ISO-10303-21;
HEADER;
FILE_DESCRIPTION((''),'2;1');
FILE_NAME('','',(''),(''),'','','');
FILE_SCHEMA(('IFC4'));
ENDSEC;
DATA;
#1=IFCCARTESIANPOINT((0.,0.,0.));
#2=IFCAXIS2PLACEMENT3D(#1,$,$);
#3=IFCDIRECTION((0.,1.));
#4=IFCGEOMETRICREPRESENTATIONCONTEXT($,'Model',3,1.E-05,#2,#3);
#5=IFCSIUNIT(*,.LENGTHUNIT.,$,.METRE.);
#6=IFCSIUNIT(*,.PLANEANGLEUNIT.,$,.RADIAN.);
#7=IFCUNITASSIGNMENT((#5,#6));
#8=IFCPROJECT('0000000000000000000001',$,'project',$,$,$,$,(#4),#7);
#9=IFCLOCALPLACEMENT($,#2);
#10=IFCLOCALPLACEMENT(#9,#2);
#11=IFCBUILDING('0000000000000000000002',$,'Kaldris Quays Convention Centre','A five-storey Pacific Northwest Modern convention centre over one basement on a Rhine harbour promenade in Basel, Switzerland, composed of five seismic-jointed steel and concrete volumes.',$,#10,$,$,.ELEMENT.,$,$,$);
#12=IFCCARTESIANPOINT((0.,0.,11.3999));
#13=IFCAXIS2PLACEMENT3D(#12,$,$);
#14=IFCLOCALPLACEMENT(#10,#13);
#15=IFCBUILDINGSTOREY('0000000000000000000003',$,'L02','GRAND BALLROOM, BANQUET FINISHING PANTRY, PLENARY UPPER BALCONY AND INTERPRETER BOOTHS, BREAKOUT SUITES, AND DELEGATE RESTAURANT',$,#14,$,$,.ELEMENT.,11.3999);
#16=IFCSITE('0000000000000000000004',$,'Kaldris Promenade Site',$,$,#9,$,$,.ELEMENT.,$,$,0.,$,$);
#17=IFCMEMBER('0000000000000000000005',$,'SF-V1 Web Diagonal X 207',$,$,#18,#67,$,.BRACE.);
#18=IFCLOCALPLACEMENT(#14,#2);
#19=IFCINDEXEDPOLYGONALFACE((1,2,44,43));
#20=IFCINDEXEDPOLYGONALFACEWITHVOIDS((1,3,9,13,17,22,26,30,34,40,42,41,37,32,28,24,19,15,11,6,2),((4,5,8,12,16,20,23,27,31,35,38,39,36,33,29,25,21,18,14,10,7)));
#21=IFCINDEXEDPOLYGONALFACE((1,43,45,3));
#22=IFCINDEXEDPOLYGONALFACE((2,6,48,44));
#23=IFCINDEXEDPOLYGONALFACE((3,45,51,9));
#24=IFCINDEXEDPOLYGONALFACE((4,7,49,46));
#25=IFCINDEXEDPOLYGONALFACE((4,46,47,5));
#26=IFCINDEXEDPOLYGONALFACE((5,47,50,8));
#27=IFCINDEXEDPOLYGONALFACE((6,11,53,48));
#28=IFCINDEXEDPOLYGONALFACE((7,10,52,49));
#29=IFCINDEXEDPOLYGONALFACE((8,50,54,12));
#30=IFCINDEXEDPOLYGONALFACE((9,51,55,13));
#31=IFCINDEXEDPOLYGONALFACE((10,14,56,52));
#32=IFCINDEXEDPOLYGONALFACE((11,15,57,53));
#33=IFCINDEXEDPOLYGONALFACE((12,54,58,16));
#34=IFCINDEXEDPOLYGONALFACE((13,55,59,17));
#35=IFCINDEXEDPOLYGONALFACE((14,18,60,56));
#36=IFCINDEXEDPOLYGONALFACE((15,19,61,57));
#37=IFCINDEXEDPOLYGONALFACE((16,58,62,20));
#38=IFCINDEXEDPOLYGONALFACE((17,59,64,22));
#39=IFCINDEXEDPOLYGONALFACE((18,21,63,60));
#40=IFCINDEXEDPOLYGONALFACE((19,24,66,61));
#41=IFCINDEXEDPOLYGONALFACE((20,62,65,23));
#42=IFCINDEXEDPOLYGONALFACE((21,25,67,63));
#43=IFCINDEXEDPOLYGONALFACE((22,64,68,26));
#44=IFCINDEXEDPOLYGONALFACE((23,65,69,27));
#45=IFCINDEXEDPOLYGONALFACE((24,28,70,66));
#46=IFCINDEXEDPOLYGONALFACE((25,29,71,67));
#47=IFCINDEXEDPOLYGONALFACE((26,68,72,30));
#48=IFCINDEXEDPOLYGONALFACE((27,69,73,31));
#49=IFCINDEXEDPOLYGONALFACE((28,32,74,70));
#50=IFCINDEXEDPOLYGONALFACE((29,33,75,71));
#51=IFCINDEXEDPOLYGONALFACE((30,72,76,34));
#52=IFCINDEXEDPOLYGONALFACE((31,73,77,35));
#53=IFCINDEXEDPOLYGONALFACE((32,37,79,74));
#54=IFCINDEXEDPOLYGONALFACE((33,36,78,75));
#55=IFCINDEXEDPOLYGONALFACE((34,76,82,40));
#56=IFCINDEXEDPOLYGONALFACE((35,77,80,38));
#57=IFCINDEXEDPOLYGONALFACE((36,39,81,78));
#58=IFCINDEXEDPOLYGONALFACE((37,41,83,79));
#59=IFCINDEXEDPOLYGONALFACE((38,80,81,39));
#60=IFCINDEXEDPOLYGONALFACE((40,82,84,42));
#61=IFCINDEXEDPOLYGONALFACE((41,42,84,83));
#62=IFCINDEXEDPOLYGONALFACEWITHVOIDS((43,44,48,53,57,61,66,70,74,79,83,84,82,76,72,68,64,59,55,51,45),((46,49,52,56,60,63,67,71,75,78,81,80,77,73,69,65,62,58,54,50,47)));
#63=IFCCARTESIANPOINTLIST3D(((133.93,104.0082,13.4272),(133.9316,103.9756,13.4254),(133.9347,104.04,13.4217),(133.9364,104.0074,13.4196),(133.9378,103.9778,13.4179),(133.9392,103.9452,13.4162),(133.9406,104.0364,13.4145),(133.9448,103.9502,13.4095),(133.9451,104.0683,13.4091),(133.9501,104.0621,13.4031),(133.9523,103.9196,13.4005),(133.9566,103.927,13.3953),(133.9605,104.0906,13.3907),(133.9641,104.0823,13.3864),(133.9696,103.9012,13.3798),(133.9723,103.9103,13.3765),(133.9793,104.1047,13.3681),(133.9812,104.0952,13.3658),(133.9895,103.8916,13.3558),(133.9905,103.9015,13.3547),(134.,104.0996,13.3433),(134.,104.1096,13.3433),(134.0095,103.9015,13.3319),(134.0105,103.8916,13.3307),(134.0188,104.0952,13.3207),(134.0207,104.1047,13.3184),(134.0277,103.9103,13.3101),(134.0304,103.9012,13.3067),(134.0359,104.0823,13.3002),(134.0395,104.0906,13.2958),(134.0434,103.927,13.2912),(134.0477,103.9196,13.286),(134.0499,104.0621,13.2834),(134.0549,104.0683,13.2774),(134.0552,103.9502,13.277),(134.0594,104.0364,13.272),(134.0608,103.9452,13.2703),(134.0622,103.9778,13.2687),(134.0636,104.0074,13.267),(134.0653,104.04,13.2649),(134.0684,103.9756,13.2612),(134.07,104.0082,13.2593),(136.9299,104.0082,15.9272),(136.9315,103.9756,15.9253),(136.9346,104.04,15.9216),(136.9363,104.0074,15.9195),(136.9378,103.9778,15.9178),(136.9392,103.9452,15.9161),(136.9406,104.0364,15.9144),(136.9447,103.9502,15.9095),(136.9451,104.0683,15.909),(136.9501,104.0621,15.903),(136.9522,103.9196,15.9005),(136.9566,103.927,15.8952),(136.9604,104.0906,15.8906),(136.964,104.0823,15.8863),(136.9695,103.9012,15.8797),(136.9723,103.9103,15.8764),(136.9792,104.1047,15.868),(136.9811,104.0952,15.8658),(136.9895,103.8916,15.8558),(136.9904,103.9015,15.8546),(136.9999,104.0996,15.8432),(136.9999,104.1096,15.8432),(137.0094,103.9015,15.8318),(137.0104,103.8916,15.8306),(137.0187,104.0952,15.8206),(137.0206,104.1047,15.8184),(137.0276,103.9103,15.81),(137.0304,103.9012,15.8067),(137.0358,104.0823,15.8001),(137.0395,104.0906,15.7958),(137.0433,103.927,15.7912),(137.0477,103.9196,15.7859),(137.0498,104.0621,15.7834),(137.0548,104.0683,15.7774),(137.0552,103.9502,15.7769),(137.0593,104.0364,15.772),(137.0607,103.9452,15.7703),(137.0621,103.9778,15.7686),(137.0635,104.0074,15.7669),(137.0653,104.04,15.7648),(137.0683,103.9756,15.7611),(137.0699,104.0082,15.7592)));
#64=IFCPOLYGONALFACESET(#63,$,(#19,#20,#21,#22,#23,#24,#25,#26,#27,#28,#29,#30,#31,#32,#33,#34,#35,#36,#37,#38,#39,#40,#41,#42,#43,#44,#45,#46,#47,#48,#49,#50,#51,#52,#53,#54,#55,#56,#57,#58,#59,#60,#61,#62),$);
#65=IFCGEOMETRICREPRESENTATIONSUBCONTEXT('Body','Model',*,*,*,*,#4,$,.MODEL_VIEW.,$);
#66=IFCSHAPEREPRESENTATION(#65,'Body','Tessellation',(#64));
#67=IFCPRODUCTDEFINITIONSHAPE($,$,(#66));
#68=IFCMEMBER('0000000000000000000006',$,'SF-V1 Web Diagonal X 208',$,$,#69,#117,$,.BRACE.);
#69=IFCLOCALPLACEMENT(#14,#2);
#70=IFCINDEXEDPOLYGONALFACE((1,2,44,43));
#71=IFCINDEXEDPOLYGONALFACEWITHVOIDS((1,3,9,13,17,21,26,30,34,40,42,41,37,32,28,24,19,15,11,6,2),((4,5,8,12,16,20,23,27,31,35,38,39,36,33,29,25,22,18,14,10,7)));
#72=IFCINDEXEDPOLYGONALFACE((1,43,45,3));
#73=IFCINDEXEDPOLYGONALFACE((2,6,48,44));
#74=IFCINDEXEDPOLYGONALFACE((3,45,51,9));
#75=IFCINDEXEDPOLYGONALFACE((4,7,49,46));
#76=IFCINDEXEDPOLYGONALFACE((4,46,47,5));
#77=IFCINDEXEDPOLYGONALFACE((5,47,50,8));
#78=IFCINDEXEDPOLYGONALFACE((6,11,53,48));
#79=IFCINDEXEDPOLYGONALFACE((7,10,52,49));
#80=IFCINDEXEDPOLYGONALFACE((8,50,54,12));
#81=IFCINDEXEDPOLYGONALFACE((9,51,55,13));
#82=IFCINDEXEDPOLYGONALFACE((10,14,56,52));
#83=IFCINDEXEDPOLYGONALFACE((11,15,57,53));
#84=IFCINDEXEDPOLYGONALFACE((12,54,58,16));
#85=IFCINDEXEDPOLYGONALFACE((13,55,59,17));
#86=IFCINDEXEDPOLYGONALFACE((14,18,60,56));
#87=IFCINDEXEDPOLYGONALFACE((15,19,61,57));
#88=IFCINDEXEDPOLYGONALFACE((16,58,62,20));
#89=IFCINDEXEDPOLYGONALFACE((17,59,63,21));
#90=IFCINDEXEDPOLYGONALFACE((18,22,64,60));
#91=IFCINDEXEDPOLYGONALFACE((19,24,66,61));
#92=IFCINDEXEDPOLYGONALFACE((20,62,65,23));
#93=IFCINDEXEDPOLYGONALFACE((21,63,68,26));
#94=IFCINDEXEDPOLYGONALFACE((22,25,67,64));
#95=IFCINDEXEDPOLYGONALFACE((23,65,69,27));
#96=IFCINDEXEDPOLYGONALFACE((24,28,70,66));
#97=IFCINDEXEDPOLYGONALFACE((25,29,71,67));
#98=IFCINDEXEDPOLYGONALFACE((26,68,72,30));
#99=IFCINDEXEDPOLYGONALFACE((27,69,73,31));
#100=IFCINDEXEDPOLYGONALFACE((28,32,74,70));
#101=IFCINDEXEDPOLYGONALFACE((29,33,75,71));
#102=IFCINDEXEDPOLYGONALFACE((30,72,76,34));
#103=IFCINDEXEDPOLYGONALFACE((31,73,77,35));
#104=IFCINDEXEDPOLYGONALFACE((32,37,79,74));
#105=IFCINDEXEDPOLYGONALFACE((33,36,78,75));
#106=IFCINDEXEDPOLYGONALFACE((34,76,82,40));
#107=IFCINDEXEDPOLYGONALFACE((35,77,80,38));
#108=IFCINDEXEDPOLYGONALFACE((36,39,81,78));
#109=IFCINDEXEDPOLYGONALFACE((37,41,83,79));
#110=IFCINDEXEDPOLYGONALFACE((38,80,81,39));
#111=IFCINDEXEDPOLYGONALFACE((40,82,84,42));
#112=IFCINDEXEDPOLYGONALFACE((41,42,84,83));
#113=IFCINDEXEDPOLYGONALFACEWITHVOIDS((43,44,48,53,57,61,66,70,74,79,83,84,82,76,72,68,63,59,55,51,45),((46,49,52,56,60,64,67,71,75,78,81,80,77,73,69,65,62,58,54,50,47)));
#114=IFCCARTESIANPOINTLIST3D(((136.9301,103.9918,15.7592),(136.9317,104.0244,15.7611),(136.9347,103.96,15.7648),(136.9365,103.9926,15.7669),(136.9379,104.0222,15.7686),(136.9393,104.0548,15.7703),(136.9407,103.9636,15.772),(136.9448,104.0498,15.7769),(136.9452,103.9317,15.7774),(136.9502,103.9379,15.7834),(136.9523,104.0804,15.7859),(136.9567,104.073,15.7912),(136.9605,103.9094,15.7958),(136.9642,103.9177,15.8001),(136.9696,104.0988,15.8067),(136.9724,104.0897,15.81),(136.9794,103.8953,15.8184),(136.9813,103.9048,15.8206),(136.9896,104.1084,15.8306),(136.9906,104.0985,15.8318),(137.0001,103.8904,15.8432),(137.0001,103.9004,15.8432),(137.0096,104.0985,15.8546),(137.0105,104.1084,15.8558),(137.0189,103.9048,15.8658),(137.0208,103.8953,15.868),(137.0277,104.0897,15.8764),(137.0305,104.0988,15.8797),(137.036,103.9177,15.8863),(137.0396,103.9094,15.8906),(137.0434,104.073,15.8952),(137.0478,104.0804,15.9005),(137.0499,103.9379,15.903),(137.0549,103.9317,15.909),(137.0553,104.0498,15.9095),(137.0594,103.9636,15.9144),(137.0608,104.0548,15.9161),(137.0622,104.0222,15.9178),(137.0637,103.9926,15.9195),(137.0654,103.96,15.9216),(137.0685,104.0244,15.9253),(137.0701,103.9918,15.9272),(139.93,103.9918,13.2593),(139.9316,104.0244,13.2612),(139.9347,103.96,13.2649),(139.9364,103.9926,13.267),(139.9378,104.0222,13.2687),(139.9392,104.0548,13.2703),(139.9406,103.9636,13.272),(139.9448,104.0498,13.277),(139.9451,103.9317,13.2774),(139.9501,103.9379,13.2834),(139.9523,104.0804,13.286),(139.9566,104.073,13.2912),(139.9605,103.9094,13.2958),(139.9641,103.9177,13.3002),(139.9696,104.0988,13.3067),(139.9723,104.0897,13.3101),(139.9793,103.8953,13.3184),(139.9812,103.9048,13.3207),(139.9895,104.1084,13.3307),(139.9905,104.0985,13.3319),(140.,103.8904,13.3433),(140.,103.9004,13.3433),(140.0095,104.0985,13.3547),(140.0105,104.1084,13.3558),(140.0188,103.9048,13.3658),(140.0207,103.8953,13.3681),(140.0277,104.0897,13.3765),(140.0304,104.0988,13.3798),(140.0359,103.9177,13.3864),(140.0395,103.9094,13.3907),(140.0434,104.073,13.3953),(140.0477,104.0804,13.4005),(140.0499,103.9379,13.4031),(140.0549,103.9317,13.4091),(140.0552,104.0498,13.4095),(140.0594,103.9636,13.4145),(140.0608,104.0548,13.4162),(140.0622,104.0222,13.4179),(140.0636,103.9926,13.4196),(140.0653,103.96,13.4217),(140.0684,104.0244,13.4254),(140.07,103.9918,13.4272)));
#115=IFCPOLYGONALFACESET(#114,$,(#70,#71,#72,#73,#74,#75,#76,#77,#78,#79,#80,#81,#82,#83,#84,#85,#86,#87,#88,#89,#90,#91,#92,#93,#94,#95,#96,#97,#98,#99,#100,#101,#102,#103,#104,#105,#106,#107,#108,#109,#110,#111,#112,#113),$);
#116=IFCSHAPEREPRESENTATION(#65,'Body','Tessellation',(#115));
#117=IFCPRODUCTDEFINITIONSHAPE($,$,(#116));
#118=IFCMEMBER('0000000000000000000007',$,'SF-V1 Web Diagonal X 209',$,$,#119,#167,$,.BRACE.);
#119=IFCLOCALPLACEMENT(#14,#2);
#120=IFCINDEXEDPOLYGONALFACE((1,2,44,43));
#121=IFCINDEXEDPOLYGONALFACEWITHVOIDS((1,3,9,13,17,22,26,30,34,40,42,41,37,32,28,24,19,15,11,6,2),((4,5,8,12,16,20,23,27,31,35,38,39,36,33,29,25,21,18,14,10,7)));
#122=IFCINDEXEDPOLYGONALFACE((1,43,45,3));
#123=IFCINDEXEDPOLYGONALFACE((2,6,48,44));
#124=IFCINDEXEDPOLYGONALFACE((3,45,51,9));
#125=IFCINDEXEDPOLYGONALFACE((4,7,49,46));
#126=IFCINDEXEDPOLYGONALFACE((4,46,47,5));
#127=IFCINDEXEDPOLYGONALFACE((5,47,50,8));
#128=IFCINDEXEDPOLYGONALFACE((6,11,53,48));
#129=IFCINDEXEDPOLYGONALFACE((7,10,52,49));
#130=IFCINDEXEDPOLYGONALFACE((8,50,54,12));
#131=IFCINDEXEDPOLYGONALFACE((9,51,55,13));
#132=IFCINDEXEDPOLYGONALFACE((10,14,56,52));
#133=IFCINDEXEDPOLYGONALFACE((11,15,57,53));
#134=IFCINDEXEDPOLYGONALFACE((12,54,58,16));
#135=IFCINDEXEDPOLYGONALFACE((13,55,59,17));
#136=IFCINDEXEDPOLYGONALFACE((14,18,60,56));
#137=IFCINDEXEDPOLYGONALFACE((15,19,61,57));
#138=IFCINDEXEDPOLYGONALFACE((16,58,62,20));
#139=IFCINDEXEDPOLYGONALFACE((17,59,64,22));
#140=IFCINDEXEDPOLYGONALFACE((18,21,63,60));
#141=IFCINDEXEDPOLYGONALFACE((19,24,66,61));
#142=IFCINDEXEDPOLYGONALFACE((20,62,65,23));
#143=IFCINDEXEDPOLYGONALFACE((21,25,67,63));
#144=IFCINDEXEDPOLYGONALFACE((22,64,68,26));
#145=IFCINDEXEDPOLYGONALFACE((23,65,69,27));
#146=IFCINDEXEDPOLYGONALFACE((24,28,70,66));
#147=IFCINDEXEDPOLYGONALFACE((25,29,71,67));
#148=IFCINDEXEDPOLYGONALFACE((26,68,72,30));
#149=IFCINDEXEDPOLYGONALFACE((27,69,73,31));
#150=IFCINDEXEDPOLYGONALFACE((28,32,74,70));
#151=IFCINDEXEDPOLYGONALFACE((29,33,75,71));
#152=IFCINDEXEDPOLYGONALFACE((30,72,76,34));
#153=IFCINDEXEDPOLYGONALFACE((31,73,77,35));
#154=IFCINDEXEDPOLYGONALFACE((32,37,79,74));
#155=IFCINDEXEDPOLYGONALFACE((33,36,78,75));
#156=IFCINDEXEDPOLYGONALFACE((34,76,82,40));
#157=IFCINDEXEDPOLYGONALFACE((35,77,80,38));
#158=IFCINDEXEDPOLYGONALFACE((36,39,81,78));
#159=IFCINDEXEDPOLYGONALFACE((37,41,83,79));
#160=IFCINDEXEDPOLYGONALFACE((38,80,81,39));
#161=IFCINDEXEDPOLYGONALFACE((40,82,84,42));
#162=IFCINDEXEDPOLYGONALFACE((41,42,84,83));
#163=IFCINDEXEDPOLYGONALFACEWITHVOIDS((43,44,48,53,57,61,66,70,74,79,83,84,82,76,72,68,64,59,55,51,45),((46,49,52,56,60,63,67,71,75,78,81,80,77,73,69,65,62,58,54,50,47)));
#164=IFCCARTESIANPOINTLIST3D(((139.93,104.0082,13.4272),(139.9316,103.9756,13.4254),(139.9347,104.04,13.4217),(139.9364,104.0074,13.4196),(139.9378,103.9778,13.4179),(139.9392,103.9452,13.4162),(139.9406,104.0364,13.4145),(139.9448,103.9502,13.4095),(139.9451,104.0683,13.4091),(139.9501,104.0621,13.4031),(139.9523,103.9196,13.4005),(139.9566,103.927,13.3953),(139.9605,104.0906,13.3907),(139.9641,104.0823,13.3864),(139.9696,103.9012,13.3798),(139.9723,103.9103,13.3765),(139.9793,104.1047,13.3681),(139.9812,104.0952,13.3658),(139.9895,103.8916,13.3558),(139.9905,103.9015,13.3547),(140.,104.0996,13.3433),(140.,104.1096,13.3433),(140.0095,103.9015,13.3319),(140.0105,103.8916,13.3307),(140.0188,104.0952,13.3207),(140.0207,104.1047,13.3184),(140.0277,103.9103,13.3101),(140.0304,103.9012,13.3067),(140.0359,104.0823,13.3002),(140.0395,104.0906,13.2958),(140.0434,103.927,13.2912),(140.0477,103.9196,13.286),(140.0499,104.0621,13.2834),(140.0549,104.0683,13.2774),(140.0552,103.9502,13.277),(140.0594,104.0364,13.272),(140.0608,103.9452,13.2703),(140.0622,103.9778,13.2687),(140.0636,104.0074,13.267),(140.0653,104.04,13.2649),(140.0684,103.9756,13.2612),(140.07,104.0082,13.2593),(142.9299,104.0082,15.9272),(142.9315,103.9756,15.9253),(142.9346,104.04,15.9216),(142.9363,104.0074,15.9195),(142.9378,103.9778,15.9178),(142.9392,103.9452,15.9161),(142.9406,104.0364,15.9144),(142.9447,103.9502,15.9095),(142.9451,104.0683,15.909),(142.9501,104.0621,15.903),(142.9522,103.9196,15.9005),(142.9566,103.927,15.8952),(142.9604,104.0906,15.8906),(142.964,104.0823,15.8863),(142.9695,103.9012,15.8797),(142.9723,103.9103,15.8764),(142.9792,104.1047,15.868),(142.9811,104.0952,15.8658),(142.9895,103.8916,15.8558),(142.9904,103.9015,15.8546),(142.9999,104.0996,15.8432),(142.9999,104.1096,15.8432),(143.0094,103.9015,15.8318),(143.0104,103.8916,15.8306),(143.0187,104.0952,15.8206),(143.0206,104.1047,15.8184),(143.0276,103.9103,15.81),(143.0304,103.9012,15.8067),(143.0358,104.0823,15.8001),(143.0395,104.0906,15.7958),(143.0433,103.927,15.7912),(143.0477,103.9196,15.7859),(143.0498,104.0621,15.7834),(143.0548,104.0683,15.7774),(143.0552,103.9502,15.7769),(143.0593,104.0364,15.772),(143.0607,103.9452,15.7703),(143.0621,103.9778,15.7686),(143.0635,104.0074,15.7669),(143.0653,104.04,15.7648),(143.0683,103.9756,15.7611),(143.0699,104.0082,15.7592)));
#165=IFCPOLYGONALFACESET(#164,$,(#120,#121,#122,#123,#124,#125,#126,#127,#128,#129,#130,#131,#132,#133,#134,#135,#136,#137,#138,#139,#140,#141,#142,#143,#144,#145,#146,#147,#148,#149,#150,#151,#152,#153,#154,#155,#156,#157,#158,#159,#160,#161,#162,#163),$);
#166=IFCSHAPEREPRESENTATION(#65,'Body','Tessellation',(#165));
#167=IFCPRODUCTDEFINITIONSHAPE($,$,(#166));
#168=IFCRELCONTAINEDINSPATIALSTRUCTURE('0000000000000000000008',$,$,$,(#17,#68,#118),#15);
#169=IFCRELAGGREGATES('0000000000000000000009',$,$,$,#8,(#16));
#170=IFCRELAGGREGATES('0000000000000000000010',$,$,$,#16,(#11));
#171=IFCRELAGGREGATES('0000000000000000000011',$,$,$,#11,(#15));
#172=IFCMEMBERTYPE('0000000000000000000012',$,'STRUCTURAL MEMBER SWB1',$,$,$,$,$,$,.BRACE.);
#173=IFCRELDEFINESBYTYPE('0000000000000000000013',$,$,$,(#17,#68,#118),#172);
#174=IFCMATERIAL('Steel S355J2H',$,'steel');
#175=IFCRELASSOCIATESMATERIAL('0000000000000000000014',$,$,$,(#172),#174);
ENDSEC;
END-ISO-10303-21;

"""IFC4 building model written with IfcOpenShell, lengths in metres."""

from ifc_helpers import new_model, si_unit, direction, frame, origin, origin_2d, place, context, subcontext, project, spatial, hollow_circle, extrude, material, material_profile, profile_set, type_object, element, save


model = new_model("IFC4")

# Units and contexts
model_context = context("Model", 3, precision=1e-05, world=origin(), true_north=direction((0.0, 1.0)))
body_context = subcontext(model_context, "Body", "Model", "MODEL_VIEW")
ifc_project = project(units=[si_unit("LENGTHUNIT", "METRE"), si_unit("PLANEANGLEUNIT", "RADIAN")], contexts=[model_context])

# Site, building, storey
site_placement = place(None, origin())
site = spatial("IfcSite", under=ifc_project, at=site_placement, Name="Kaldris Promenade Site", CompositionType="ELEMENT", RefElevation=0.0)
building_placement = place(site_placement, origin())
building = spatial("IfcBuilding", under=site, at=building_placement, Name="Kaldris Quays Convention Centre", Description="A five-storey Pacific Northwest Modern convention centre over one basement on a Rhine harbour promenade in Basel, Switzerland, composed of five seismic-jointed steel and concrete volumes.", CompositionType="ELEMENT")
storey_placement = place(building_placement, frame((0.0, 0.0, 11.3999)))
storey = spatial("IfcBuildingStorey", under=building, at=storey_placement, Name="L02", Description="GRAND BALLROOM, BANQUET FINISHING PANTRY, PLENARY UPPER BALCONY AND INTERPRETER BOOTHS, BREAKOUT SUITES, AND DELEGATE RESTAURANT", CompositionType="ELEMENT", Elevation=11.3999)

# Members
ifc_material_1 = material(Name="Steel S355J2H", Category="steel")
ifc_material_profile_1 = material_profile(ifc_material_1, hollow_circle(Radius=0.1096, WallThickness=0.01, at=origin_2d()), Name="CHS 219.1x10")
ifc_profile_set_1 = profile_set([ifc_material_profile_1], Name="Steel S355J2H")
member_type_1 = type_object("IfcMemberType", Name="STRUCTURAL MEMBER SWB1", PredefinedType="BRACE", material=ifc_profile_set_1)
for number, where, z_axis, x_axis, name in (
    (1, (134.0, 104.0, 13.3433), (0.768221, 0.0, 0.640184), (0.0, 1.0, 0.0), "SF-V1 Web Diagonal X 207"),
    (2, (140.0, 104.0, 13.3433), (-0.768221, 0.0, 0.640184), (0.0, -1.0, 0.0), "SF-V1 Web Diagonal X 208"),
    (3, (140.0, 104.0, 13.3433), (0.768221, 0.0, 0.640184), (0.0, 1.0, 0.0), "SF-V1 Web Diagonal X 209"),
):
    element("IfcMember", number, at=place(storey_placement, frame(where, z_axis=z_axis, x_axis=x_axis)), inside=storey, type_object=member_type_1, Name=name, PredefinedType="BRACE", context=body_context, shape_type="SweptSolid", body=[
        extrude(hollow_circle(Radius=0.1096, WallThickness=0.01, at=origin_2d()), origin(), (0.0, 0.0, 1.0), 3.905),
    ])

save(model, "model.ifc")
